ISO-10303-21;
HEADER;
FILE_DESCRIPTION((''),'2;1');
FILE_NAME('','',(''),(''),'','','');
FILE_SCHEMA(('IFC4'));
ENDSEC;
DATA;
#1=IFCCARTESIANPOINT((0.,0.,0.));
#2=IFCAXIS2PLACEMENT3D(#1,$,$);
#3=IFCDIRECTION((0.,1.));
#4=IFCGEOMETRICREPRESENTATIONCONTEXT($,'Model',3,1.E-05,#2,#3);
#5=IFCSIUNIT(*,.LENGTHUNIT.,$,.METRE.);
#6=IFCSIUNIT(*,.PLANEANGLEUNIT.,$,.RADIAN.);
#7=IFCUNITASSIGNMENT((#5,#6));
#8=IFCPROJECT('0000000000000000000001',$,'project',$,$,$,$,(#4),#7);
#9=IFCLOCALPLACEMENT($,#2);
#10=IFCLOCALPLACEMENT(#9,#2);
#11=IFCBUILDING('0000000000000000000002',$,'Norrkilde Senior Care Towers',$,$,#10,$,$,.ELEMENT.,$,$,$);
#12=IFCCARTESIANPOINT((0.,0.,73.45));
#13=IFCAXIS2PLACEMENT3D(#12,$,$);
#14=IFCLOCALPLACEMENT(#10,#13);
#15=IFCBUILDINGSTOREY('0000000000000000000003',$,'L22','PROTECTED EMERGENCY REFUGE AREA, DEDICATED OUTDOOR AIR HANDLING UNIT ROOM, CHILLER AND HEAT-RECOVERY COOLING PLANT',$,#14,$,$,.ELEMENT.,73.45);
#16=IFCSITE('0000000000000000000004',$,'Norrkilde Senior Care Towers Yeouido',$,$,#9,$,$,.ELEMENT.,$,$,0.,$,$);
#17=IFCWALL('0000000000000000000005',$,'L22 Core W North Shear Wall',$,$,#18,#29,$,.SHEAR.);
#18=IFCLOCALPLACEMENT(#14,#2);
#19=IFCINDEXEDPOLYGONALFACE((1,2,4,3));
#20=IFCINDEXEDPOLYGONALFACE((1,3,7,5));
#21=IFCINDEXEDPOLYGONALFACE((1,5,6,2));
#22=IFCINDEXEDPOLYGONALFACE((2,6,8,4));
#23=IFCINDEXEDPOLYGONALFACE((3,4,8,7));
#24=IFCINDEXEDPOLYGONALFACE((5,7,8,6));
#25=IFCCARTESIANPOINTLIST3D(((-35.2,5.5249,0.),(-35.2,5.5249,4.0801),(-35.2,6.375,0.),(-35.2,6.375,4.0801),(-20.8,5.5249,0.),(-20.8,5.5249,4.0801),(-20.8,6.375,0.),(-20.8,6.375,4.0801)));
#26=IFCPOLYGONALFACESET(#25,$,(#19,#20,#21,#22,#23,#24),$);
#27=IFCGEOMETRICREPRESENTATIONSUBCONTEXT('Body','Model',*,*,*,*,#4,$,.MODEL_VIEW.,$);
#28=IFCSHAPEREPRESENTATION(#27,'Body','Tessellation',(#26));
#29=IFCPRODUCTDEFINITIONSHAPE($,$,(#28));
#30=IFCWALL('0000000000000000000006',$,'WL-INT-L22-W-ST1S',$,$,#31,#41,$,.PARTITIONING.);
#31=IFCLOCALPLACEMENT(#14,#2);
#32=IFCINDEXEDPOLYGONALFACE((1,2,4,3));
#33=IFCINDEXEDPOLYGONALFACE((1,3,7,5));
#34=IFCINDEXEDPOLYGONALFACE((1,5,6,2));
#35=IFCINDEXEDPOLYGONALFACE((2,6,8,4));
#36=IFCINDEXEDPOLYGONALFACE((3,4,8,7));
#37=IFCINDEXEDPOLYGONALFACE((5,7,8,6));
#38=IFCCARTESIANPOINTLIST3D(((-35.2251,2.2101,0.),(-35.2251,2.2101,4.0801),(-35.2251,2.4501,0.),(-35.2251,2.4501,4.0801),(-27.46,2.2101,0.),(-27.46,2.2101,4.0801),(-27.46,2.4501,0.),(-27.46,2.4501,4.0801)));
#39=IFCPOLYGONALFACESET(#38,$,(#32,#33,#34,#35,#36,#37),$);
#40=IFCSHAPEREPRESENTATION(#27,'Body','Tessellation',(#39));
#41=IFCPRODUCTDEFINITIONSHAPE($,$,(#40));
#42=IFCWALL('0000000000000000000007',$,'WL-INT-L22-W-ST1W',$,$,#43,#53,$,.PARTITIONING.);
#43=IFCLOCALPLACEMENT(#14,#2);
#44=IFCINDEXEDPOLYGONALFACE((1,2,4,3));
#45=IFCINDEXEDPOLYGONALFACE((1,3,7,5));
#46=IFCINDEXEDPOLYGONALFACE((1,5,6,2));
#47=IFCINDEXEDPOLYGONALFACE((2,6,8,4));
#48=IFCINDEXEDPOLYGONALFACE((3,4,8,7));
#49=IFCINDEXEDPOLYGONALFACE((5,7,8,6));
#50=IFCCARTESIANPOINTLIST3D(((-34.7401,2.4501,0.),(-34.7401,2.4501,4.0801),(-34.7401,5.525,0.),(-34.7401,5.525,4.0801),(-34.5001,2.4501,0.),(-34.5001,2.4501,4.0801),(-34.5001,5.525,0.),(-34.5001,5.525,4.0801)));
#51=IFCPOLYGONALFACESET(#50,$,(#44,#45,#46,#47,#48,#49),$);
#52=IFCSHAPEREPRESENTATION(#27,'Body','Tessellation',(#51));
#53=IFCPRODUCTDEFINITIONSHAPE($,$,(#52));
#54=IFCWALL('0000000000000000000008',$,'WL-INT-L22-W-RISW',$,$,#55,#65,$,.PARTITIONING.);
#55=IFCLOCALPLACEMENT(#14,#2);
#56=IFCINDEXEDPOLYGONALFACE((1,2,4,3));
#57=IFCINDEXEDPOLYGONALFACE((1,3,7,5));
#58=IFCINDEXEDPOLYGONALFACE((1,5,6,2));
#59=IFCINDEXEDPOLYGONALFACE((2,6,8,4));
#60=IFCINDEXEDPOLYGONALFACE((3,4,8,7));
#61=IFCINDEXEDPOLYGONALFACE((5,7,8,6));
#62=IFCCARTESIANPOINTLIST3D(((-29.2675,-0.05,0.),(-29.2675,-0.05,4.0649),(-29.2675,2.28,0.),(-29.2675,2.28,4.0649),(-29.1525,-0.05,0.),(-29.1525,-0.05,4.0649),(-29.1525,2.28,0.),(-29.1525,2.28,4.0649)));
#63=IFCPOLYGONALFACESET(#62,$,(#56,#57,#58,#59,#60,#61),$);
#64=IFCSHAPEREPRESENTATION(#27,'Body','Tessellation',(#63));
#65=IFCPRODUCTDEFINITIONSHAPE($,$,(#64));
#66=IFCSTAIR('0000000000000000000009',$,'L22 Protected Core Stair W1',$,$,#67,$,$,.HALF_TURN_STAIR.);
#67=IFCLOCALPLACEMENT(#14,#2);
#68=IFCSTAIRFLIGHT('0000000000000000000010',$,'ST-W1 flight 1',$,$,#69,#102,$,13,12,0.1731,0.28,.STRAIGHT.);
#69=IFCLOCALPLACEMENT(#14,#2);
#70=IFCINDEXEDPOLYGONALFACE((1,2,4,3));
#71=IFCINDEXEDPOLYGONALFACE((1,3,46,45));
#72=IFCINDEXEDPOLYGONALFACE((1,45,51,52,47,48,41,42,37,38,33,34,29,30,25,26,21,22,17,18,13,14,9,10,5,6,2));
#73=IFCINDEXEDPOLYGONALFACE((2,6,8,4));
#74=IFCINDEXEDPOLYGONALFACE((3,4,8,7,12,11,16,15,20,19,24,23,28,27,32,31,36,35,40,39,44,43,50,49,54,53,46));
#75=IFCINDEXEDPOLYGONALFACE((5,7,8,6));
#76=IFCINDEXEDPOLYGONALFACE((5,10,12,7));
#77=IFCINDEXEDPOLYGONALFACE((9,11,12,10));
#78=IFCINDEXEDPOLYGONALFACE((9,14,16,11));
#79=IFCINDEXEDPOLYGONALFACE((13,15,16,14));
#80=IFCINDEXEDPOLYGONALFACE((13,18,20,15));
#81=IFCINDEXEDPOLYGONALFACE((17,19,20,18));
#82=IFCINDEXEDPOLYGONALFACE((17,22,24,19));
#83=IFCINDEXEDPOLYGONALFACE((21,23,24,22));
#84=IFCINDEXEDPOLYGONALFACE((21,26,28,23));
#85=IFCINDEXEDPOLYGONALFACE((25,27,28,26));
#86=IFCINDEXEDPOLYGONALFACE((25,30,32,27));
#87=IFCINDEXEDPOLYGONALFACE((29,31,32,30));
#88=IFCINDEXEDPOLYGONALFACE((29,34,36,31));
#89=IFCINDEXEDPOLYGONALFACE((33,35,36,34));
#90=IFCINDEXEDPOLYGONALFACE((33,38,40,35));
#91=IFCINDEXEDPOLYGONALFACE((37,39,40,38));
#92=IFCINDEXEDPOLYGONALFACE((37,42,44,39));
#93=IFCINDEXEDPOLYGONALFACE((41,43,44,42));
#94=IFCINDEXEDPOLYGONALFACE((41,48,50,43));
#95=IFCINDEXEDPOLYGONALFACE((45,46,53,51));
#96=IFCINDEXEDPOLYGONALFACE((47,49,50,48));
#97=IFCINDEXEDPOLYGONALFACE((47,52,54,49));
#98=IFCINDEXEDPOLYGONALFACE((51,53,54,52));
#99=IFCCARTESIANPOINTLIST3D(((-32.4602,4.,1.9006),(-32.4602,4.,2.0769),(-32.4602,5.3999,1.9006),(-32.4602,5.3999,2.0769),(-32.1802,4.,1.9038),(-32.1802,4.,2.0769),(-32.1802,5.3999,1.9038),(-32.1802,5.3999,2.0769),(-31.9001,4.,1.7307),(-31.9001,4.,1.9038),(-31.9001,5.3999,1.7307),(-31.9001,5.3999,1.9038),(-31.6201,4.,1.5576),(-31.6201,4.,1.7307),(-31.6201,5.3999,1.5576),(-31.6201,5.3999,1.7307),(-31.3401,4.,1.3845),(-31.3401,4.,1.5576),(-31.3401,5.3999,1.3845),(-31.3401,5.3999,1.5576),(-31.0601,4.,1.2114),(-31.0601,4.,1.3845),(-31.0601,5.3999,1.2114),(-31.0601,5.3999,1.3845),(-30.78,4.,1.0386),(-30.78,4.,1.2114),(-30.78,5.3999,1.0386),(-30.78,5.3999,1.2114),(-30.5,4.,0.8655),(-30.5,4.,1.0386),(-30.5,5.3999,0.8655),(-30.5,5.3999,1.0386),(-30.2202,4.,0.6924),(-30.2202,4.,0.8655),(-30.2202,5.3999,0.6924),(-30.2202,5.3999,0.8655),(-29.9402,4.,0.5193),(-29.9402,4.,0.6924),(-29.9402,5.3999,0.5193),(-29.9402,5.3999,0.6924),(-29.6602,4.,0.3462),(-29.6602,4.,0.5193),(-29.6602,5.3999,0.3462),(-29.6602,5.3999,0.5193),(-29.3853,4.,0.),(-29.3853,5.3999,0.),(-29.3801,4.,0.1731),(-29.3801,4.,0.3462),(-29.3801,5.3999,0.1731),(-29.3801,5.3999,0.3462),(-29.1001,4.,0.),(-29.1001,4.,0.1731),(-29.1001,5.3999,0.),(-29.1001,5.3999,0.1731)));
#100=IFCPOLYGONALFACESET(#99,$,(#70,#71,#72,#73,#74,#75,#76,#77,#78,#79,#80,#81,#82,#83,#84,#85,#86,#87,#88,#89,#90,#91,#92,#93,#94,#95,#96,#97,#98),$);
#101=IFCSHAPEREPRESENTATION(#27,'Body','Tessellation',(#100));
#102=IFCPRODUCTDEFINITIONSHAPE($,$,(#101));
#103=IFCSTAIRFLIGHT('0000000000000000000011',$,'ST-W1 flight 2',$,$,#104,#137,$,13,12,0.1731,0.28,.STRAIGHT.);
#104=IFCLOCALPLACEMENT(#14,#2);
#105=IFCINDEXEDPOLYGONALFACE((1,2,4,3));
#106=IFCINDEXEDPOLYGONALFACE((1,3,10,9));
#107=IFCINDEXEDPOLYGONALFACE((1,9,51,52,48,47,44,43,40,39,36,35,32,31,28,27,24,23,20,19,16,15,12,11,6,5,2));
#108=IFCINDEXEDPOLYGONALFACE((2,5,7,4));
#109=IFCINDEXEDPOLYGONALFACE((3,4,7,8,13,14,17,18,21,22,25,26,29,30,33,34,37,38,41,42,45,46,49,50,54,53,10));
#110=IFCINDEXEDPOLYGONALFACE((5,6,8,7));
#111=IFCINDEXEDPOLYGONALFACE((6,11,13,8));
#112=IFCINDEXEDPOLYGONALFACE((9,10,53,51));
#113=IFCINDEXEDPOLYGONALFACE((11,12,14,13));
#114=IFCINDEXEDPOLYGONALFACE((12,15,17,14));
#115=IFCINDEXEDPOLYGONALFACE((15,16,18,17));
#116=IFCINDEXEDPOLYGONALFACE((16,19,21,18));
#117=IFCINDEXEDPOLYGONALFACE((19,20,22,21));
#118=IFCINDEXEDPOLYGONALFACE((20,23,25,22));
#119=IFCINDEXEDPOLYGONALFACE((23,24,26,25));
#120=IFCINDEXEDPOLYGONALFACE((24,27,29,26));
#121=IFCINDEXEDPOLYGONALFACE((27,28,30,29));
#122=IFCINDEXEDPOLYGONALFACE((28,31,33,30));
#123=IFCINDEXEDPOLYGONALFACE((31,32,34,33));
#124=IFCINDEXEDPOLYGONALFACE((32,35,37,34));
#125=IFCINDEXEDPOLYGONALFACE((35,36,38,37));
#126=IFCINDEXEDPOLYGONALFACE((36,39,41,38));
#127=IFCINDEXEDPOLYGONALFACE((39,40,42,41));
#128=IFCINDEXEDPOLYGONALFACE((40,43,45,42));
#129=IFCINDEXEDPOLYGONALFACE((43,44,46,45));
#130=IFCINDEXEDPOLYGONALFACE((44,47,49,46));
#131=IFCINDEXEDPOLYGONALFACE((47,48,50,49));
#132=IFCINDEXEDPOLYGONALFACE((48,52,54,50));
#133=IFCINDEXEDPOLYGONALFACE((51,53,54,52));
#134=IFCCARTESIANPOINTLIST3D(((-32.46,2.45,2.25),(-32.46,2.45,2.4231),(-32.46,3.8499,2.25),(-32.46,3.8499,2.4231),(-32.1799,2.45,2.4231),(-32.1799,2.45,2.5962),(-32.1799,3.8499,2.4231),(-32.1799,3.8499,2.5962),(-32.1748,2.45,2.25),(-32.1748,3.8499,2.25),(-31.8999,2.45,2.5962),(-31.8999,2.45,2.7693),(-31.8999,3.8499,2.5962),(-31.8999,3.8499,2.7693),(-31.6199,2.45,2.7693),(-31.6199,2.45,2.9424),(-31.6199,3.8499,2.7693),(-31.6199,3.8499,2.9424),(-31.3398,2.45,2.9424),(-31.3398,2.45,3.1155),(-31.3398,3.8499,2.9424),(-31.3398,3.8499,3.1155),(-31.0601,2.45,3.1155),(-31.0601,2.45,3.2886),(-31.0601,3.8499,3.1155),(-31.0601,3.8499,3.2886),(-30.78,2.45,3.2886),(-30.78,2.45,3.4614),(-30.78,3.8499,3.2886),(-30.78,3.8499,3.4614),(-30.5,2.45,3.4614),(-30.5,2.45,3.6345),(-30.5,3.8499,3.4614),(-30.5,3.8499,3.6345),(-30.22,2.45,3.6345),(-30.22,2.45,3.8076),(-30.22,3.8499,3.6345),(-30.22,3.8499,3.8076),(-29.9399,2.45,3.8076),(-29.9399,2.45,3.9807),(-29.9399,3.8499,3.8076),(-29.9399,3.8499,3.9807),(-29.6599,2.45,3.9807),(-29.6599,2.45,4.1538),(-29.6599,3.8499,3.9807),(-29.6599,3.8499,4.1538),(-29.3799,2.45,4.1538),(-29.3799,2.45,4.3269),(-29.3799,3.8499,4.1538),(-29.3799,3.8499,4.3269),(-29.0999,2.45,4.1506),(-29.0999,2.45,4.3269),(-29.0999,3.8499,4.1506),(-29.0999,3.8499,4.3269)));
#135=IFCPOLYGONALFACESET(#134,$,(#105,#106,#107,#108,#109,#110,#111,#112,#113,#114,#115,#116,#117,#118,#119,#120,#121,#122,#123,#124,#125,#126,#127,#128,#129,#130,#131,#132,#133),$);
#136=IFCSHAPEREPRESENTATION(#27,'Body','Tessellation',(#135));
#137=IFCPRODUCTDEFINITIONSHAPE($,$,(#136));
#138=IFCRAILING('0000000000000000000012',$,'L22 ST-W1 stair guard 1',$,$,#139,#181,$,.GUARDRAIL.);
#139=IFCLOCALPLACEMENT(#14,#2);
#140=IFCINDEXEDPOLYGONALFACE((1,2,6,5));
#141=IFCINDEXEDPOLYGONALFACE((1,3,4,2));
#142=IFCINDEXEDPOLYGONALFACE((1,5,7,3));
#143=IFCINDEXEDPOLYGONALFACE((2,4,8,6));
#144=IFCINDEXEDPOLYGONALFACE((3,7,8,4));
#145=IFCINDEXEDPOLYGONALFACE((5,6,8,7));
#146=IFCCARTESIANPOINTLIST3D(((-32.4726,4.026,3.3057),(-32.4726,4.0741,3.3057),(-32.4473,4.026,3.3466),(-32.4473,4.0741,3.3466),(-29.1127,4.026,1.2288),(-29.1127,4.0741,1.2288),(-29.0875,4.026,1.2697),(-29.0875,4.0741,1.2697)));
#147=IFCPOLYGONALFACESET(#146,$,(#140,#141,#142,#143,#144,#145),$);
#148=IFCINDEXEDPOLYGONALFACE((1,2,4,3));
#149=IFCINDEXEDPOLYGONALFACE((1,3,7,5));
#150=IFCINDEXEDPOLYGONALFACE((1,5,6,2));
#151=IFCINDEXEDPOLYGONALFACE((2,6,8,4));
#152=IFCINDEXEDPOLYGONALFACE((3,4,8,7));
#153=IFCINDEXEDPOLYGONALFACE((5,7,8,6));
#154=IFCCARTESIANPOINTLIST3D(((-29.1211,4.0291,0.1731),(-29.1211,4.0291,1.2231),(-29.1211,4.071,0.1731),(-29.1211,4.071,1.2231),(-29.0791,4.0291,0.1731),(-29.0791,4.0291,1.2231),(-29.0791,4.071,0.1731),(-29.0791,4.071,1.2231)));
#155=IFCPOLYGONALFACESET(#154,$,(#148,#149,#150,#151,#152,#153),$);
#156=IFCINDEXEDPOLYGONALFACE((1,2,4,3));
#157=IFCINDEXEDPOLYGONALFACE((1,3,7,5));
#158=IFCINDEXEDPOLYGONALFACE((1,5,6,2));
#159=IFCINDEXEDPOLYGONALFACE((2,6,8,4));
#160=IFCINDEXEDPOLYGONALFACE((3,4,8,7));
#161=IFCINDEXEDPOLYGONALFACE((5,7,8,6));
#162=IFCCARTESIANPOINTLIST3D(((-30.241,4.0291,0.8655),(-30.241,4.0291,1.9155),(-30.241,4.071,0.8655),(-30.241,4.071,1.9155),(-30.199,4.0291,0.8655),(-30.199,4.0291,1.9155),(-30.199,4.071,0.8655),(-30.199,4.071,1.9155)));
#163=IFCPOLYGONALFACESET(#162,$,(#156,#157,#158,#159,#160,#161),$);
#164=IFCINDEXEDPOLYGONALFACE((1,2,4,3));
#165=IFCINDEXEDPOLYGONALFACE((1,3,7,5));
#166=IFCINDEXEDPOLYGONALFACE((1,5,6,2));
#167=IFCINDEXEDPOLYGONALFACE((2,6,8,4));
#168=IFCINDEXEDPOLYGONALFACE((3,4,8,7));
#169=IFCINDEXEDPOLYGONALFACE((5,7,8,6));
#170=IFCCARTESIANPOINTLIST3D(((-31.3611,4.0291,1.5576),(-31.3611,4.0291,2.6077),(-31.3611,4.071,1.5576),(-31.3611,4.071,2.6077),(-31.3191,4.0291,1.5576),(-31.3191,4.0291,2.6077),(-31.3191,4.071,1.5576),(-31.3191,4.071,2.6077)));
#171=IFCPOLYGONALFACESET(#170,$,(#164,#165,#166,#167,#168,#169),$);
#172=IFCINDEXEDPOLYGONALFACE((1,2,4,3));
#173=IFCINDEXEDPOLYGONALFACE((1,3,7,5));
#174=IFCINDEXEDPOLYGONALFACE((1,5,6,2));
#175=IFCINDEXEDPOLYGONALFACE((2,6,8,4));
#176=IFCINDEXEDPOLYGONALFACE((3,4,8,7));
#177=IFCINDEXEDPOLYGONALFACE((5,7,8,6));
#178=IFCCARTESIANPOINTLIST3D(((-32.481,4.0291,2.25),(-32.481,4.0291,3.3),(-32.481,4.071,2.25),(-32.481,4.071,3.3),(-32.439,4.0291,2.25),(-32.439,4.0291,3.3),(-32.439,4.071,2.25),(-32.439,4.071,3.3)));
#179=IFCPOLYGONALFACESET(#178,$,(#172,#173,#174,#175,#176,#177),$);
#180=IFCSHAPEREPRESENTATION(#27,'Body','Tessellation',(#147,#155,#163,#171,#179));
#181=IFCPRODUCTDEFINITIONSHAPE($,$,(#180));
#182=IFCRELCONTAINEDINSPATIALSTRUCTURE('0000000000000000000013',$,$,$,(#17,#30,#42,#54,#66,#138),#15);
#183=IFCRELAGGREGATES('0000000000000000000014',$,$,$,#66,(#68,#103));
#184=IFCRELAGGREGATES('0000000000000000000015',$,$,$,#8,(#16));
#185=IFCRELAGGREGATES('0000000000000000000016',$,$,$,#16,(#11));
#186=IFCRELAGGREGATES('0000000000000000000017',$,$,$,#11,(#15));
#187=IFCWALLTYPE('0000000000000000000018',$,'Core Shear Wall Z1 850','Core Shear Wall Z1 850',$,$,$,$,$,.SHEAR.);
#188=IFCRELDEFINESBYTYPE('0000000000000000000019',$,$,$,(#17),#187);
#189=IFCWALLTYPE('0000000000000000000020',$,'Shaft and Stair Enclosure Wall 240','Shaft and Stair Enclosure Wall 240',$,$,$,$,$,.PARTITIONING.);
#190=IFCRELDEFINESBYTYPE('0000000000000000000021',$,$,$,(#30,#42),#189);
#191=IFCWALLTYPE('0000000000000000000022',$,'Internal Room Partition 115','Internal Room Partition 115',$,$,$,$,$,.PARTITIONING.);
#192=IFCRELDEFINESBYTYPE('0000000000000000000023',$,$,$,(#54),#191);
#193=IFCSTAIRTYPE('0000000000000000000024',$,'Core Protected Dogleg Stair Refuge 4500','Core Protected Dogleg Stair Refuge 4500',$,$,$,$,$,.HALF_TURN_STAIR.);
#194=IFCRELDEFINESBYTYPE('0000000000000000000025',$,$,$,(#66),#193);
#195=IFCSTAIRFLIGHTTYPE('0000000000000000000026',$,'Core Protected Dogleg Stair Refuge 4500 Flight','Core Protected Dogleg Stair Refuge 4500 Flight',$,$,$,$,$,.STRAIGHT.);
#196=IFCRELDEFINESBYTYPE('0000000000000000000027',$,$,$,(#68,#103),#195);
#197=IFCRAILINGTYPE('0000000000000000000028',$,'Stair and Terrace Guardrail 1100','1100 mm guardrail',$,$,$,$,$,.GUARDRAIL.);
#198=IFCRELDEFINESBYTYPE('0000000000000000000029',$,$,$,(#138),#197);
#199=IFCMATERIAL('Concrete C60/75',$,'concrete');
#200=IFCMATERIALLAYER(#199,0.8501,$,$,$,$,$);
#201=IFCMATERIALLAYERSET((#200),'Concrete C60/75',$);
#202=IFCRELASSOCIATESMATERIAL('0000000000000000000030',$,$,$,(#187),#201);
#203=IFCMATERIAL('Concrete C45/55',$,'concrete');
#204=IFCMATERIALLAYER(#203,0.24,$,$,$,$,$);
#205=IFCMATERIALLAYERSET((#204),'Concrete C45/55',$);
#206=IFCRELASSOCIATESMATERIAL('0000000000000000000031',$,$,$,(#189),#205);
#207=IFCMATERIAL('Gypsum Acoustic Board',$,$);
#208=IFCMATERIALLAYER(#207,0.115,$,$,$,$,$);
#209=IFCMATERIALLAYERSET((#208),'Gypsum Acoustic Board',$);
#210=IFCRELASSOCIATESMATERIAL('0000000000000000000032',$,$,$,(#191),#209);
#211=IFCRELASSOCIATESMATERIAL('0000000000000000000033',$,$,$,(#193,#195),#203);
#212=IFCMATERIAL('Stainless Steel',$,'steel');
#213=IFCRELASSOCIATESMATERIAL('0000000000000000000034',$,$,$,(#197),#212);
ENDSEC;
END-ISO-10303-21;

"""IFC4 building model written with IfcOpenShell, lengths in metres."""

from ifc_helpers import new_model, si_unit, direction, frame, frame_2d, origin, origin_2d, place, context, subcontext, project, spatial, polyline, rectangle, outline, extrude, source, transform, mapped, material, layer, layer_set, type_object, type_shapes, element, aggregate, save


model = new_model("IFC4")

# Units and contexts
model_context = context("Model", 3, precision=1e-05, world=origin(), true_north=direction((0.0, 1.0)))
body_context = subcontext(model_context, "Body", "Model", "MODEL_VIEW")
ifc_project = project(units=[si_unit("LENGTHUNIT", "METRE"), si_unit("PLANEANGLEUNIT", "RADIAN")], contexts=[model_context])

# Site, building, storey
site_placement = place(None, origin())
site = spatial("IfcSite", under=ifc_project, at=site_placement, Name="Norrkilde Senior Care Towers Yeouido", CompositionType="ELEMENT", RefElevation=0.0)
building_placement = place(site_placement, origin())
building = spatial("IfcBuilding", under=site, at=building_placement, Name="Norrkilde Senior Care Towers", CompositionType="ELEMENT")
storey_placement = place(building_placement, frame((0.0, 0.0, 73.45)))
storey = spatial("IfcBuildingStorey", under=building, at=storey_placement, Name="L22", Description="PROTECTED EMERGENCY REFUGE AREA, DEDICATED OUTDOOR AIR HANDLING UNIT ROOM, CHILLER AND HEAT-RECOVERY COOLING PLANT", CompositionType="ELEMENT", Elevation=73.45)

# Shared definitions
ifc_material_1 = material(Name="Concrete C60/75", Category="concrete")

# Walls
ifc_layer_1 = layer(ifc_material_1, 0.8501)
ifc_layer_set_1 = layer_set([ifc_layer_1], Name="Concrete C60/75")
wall_type_1 = type_object("IfcWallType", Name="Core Shear Wall Z1 850", Description="Core Shear Wall Z1 850", PredefinedType="SHEAR", material=ifc_layer_set_1)
shared_shape_1 = source(origin(), body_context, "Body", "SweptSolid", [
    extrude(rectangle(XDim=14.3999, YDim=0.8501, at=frame_2d((7.2, 0.0))), origin(), (0.0, 0.0, 1.0), 4.0801),
])
type_shapes(wall_type_1, [shared_shape_1])
wall_1_placement = place(storey_placement, frame((-35.2, 5.95, 0.0), z_axis=(0.0, 0.0, 1.0), x_axis=(1.0, 0.0, 0.0)))
element("IfcWall", 1, at=wall_1_placement, inside=storey, type_object=wall_type_1, Name="L22 Core W North Shear Wall", PredefinedType="SHEAR", context=body_context, shape_type="MappedRepresentation", body=[
    mapped(shared_shape_1, transform((0.0, 0.0, 0.0), x_axis=(1.0, 0.0, 0.0), y_axis=(0.0, 1.0, 0.0), z_axis=(0.0, 0.0, 1.0), scale=1.0)),
])
ifc_material_2 = material(Name="Concrete C45/55", Category="concrete")
ifc_layer_2 = layer(ifc_material_2, 0.24)
ifc_layer_set_2 = layer_set([ifc_layer_2], Name="Concrete C45/55")
wall_type_2 = type_object("IfcWallType", Name="Shaft and Stair Enclosure Wall 240", Description="Shaft and Stair Enclosure Wall 240", PredefinedType="PARTITIONING", material=ifc_layer_set_2)
shared_shape_2 = source(origin(), body_context, "Body", "SweptSolid", [
    extrude(rectangle(XDim=7.7651, YDim=0.24, at=frame_2d((3.8826, 0.0))), origin(), (0.0, 0.0, 1.0), 4.0801),
])
wall_2_placement = place(storey_placement, frame((-35.2251, 2.3301, 0.0), z_axis=(0.0, 0.0, 1.0), x_axis=(1.0, 0.0, 0.0)))
element("IfcWall", 2, at=wall_2_placement, inside=storey, type_object=wall_type_2, Name="WL-INT-L22-W-ST1S", PredefinedType="PARTITIONING", context=body_context, shape_type="MappedRepresentation", body=[
    mapped(shared_shape_2, transform((0.0, 0.0, 0.0), x_axis=(1.0, 0.0, 0.0), y_axis=(0.0, 1.0, 0.0), z_axis=(0.0, 0.0, 1.0), scale=1.0)),
])
shared_shape_3 = source(origin(), body_context, "Body", "SweptSolid", [
    extrude(rectangle(XDim=3.075, YDim=0.24, at=frame_2d((1.5376, 0.0))), origin(), (0.0, 0.0, 1.0), 4.0801),
])
type_shapes(wall_type_2, [shared_shape_2, shared_shape_3])
wall_3_placement = place(storey_placement, frame((-34.6201, 2.45, 0.0), z_axis=(0.0, 0.0, 1.0), x_axis=(0.0, 1.0, 0.0)))
element("IfcWall", 3, at=wall_3_placement, inside=storey, type_object=wall_type_2, Name="WL-INT-L22-W-ST1W", PredefinedType="PARTITIONING", context=body_context, shape_type="MappedRepresentation", body=[
    mapped(shared_shape_3, transform((0.0, 0.0, 0.0), x_axis=(1.0, 0.0, 0.0), y_axis=(0.0, 1.0, 0.0), z_axis=(0.0, 0.0, 1.0), scale=1.0)),
])
ifc_material_3 = material(Name="Gypsum Acoustic Board")
ifc_layer_3 = layer(ifc_material_3, 0.115)
ifc_layer_set_3 = layer_set([ifc_layer_3], Name="Gypsum Acoustic Board")
wall_type_3 = type_object("IfcWallType", Name="Internal Room Partition 115", Description="Internal Room Partition 115", PredefinedType="PARTITIONING", material=ifc_layer_set_3)
shared_shape_4 = source(origin(), body_context, "Body", "SweptSolid", [
    extrude(rectangle(XDim=2.3301, YDim=0.115, at=frame_2d((1.165, 0.0))), origin(), (0.0, 0.0, 1.0), 4.0649),
])
type_shapes(wall_type_3, [shared_shape_4])
wall_4_placement = place(storey_placement, frame((-29.21, -0.05, 0.0), z_axis=(0.0, 0.0, 1.0), x_axis=(0.0, 1.0, 0.0)))
element("IfcWall", 4, at=wall_4_placement, inside=storey, type_object=wall_type_3, Name="WL-INT-L22-W-RISW", PredefinedType="PARTITIONING", context=body_context, shape_type="MappedRepresentation", body=[
    mapped(shared_shape_4, transform((0.0, 0.0, 0.0), x_axis=(1.0, 0.0, 0.0), y_axis=(0.0, 1.0, 0.0), z_axis=(0.0, 0.0, 1.0), scale=1.0)),
])

# Stair, stair flights
stair_type = type_object("IfcStairType", Name="Core Protected Dogleg Stair Refuge 4500", Description="Core Protected Dogleg Stair Refuge 4500", PredefinedType="HALF_TURN_STAIR", material=ifc_material_2)
stair_placement = place(storey_placement, origin())
stair = element("IfcStair", 5, at=stair_placement, inside=storey, type_object=stair_type, Name="L22 Protected Core Stair W1", PredefinedType="HALF_TURN_STAIR")
stair_flight_type = type_object("IfcStairFlightType", Name="Core Protected Dogleg Stair Refuge 4500 Flight", Description="Core Protected Dogleg Stair Refuge 4500 Flight", PredefinedType="STRAIGHT", material=ifc_material_2)
stair_flight_1_placement = place(storey_placement, frame((-29.1001, 4.7, 0.0), z_axis=(0.0, 0.0, 1.0), x_axis=(-1.0, 0.0, 0.0)))
stair_flight_1 = element("IfcStairFlight", 6, at=stair_flight_1_placement, type_object=stair_flight_type, Name="ST-W1 flight 1", NumberOfRisers=13, NumberOfTreads=12, PredefinedType="STRAIGHT", RiserHeight=0.1731, TreadLength=0.28, context=body_context, shape_type="SweptSolid", body=[
    extrude(outline(polyline([(0.0, 0.0), (0.0, 0.1731), (0.28, 0.1731), (0.28, 0.3462), (0.5601, 0.3462), (0.5601, 0.5193), (0.8401, 0.5193), (0.8401, 0.6924), (1.1201, 0.6924), (1.1201, 0.8655), (1.3999, 0.8655), (1.3999, 1.0386), (1.6799, 1.0386), (1.6799, 1.2114), (1.96, 1.2114), (1.96, 1.3845), (2.24, 1.3845), (2.24, 1.5576), (2.52, 1.5576), (2.52, 1.7307), (2.8, 1.7307), (2.8, 1.9038), (3.0801, 1.9038), (3.0801, 2.0769), (3.3601, 2.0769), (3.3601, 2.25), (3.3601, 1.9006), (0.2852, 0.0), (0.0, 0.0)])), frame((0.0, 0.7, 0.0), z_axis=(0.0, -1.0, 0.0), x_axis=(1.0, 0.0, 0.0)), (0.0, 0.0, 1.0), 1.3999),
])
stair_flight_2_placement = place(storey_placement, frame((-32.46, 3.1499, 2.25), z_axis=(0.0, 0.0, 1.0), x_axis=(1.0, 0.0, 0.0)))
stair_flight_2 = element("IfcStairFlight", 7, at=stair_flight_2_placement, type_object=stair_flight_type, Name="ST-W1 flight 2", NumberOfRisers=13, NumberOfTreads=12, PredefinedType="STRAIGHT", RiserHeight=0.1731, TreadLength=0.28, context=body_context, shape_type="SweptSolid", body=[
    extrude(outline(polyline([(0.0, 0.0), (0.0, 0.1731), (0.28, 0.1731), (0.28, 0.3462), (0.5601, 0.3462), (0.5601, 0.5193), (0.8401, 0.5193), (0.8401, 0.6924), (1.1201, 0.6924), (1.1201, 0.8655), (1.3999, 0.8655), (1.3999, 1.0386), (1.6799, 1.0386), (1.6799, 1.2114), (1.96, 1.2114), (1.96, 1.3845), (2.24, 1.3845), (2.24, 1.5576), (2.52, 1.5576), (2.52, 1.7307), (2.8, 1.7307), (2.8, 1.9038), (3.0801, 1.9038), (3.0801, 2.0769), (3.3601, 2.0769), (3.3601, 2.25), (3.3601, 1.9006), (0.2852, 0.0), (0.0, 0.0)])), frame((0.0, 0.7, 0.0), z_axis=(0.0, -1.0, 0.0), x_axis=(1.0, 0.0, 0.0)), (0.0, 0.0, 1.0), 1.3999),
])
aggregate(stair, [stair_flight_1, stair_flight_2])

# Railing
ifc_material_4 = material(Name="Stainless Steel", Category="steel")
railing_type_1 = type_object("IfcRailingType", Name="Stair and Terrace Guardrail 1100", Description="1100 mm guardrail", PredefinedType="GUARDRAIL", material=ifc_material_4)
railing_1_placement = place(storey_placement, frame((-29.1001, 4.05, 0.1731)))
element("IfcRailing", 8, at=railing_1_placement, inside=storey, type_object=railing_type_1, Name="L22 ST-W1 stair guard 1", PredefinedType="GUARDRAIL", context=body_context, shape_type="SweptSolid", body=[
    extrude(rectangle(XDim=0.0481, YDim=0.0481, at=origin_2d()), frame((0.0, 0.0, 1.0762), z_axis=(-0.850606, 0.0, 0.525803), x_axis=(0.0, -1.0, 0.0)), (0.0, 0.0, 1.0), 3.95),
    extrude(rectangle(XDim=0.042, YDim=0.042, at=origin_2d()), origin(), (0.0, 0.0, 1.0), 1.05),
    extrude(rectangle(XDim=0.042, YDim=0.042, at=origin_2d()), frame((-1.1199, 0.0, 0.6924)), (0.0, 0.0, 1.0), 1.05),
    extrude(rectangle(XDim=0.042, YDim=0.042, at=origin_2d()), frame((-2.24, 0.0, 1.3845)), (0.0, 0.0, 1.0), 1.05),
    extrude(rectangle(XDim=0.042, YDim=0.042, at=origin_2d()), frame((-3.3599, 0.0, 2.0769)), (0.0, 0.0, 1.0), 1.05),
])

save(model, "model.ifc")
